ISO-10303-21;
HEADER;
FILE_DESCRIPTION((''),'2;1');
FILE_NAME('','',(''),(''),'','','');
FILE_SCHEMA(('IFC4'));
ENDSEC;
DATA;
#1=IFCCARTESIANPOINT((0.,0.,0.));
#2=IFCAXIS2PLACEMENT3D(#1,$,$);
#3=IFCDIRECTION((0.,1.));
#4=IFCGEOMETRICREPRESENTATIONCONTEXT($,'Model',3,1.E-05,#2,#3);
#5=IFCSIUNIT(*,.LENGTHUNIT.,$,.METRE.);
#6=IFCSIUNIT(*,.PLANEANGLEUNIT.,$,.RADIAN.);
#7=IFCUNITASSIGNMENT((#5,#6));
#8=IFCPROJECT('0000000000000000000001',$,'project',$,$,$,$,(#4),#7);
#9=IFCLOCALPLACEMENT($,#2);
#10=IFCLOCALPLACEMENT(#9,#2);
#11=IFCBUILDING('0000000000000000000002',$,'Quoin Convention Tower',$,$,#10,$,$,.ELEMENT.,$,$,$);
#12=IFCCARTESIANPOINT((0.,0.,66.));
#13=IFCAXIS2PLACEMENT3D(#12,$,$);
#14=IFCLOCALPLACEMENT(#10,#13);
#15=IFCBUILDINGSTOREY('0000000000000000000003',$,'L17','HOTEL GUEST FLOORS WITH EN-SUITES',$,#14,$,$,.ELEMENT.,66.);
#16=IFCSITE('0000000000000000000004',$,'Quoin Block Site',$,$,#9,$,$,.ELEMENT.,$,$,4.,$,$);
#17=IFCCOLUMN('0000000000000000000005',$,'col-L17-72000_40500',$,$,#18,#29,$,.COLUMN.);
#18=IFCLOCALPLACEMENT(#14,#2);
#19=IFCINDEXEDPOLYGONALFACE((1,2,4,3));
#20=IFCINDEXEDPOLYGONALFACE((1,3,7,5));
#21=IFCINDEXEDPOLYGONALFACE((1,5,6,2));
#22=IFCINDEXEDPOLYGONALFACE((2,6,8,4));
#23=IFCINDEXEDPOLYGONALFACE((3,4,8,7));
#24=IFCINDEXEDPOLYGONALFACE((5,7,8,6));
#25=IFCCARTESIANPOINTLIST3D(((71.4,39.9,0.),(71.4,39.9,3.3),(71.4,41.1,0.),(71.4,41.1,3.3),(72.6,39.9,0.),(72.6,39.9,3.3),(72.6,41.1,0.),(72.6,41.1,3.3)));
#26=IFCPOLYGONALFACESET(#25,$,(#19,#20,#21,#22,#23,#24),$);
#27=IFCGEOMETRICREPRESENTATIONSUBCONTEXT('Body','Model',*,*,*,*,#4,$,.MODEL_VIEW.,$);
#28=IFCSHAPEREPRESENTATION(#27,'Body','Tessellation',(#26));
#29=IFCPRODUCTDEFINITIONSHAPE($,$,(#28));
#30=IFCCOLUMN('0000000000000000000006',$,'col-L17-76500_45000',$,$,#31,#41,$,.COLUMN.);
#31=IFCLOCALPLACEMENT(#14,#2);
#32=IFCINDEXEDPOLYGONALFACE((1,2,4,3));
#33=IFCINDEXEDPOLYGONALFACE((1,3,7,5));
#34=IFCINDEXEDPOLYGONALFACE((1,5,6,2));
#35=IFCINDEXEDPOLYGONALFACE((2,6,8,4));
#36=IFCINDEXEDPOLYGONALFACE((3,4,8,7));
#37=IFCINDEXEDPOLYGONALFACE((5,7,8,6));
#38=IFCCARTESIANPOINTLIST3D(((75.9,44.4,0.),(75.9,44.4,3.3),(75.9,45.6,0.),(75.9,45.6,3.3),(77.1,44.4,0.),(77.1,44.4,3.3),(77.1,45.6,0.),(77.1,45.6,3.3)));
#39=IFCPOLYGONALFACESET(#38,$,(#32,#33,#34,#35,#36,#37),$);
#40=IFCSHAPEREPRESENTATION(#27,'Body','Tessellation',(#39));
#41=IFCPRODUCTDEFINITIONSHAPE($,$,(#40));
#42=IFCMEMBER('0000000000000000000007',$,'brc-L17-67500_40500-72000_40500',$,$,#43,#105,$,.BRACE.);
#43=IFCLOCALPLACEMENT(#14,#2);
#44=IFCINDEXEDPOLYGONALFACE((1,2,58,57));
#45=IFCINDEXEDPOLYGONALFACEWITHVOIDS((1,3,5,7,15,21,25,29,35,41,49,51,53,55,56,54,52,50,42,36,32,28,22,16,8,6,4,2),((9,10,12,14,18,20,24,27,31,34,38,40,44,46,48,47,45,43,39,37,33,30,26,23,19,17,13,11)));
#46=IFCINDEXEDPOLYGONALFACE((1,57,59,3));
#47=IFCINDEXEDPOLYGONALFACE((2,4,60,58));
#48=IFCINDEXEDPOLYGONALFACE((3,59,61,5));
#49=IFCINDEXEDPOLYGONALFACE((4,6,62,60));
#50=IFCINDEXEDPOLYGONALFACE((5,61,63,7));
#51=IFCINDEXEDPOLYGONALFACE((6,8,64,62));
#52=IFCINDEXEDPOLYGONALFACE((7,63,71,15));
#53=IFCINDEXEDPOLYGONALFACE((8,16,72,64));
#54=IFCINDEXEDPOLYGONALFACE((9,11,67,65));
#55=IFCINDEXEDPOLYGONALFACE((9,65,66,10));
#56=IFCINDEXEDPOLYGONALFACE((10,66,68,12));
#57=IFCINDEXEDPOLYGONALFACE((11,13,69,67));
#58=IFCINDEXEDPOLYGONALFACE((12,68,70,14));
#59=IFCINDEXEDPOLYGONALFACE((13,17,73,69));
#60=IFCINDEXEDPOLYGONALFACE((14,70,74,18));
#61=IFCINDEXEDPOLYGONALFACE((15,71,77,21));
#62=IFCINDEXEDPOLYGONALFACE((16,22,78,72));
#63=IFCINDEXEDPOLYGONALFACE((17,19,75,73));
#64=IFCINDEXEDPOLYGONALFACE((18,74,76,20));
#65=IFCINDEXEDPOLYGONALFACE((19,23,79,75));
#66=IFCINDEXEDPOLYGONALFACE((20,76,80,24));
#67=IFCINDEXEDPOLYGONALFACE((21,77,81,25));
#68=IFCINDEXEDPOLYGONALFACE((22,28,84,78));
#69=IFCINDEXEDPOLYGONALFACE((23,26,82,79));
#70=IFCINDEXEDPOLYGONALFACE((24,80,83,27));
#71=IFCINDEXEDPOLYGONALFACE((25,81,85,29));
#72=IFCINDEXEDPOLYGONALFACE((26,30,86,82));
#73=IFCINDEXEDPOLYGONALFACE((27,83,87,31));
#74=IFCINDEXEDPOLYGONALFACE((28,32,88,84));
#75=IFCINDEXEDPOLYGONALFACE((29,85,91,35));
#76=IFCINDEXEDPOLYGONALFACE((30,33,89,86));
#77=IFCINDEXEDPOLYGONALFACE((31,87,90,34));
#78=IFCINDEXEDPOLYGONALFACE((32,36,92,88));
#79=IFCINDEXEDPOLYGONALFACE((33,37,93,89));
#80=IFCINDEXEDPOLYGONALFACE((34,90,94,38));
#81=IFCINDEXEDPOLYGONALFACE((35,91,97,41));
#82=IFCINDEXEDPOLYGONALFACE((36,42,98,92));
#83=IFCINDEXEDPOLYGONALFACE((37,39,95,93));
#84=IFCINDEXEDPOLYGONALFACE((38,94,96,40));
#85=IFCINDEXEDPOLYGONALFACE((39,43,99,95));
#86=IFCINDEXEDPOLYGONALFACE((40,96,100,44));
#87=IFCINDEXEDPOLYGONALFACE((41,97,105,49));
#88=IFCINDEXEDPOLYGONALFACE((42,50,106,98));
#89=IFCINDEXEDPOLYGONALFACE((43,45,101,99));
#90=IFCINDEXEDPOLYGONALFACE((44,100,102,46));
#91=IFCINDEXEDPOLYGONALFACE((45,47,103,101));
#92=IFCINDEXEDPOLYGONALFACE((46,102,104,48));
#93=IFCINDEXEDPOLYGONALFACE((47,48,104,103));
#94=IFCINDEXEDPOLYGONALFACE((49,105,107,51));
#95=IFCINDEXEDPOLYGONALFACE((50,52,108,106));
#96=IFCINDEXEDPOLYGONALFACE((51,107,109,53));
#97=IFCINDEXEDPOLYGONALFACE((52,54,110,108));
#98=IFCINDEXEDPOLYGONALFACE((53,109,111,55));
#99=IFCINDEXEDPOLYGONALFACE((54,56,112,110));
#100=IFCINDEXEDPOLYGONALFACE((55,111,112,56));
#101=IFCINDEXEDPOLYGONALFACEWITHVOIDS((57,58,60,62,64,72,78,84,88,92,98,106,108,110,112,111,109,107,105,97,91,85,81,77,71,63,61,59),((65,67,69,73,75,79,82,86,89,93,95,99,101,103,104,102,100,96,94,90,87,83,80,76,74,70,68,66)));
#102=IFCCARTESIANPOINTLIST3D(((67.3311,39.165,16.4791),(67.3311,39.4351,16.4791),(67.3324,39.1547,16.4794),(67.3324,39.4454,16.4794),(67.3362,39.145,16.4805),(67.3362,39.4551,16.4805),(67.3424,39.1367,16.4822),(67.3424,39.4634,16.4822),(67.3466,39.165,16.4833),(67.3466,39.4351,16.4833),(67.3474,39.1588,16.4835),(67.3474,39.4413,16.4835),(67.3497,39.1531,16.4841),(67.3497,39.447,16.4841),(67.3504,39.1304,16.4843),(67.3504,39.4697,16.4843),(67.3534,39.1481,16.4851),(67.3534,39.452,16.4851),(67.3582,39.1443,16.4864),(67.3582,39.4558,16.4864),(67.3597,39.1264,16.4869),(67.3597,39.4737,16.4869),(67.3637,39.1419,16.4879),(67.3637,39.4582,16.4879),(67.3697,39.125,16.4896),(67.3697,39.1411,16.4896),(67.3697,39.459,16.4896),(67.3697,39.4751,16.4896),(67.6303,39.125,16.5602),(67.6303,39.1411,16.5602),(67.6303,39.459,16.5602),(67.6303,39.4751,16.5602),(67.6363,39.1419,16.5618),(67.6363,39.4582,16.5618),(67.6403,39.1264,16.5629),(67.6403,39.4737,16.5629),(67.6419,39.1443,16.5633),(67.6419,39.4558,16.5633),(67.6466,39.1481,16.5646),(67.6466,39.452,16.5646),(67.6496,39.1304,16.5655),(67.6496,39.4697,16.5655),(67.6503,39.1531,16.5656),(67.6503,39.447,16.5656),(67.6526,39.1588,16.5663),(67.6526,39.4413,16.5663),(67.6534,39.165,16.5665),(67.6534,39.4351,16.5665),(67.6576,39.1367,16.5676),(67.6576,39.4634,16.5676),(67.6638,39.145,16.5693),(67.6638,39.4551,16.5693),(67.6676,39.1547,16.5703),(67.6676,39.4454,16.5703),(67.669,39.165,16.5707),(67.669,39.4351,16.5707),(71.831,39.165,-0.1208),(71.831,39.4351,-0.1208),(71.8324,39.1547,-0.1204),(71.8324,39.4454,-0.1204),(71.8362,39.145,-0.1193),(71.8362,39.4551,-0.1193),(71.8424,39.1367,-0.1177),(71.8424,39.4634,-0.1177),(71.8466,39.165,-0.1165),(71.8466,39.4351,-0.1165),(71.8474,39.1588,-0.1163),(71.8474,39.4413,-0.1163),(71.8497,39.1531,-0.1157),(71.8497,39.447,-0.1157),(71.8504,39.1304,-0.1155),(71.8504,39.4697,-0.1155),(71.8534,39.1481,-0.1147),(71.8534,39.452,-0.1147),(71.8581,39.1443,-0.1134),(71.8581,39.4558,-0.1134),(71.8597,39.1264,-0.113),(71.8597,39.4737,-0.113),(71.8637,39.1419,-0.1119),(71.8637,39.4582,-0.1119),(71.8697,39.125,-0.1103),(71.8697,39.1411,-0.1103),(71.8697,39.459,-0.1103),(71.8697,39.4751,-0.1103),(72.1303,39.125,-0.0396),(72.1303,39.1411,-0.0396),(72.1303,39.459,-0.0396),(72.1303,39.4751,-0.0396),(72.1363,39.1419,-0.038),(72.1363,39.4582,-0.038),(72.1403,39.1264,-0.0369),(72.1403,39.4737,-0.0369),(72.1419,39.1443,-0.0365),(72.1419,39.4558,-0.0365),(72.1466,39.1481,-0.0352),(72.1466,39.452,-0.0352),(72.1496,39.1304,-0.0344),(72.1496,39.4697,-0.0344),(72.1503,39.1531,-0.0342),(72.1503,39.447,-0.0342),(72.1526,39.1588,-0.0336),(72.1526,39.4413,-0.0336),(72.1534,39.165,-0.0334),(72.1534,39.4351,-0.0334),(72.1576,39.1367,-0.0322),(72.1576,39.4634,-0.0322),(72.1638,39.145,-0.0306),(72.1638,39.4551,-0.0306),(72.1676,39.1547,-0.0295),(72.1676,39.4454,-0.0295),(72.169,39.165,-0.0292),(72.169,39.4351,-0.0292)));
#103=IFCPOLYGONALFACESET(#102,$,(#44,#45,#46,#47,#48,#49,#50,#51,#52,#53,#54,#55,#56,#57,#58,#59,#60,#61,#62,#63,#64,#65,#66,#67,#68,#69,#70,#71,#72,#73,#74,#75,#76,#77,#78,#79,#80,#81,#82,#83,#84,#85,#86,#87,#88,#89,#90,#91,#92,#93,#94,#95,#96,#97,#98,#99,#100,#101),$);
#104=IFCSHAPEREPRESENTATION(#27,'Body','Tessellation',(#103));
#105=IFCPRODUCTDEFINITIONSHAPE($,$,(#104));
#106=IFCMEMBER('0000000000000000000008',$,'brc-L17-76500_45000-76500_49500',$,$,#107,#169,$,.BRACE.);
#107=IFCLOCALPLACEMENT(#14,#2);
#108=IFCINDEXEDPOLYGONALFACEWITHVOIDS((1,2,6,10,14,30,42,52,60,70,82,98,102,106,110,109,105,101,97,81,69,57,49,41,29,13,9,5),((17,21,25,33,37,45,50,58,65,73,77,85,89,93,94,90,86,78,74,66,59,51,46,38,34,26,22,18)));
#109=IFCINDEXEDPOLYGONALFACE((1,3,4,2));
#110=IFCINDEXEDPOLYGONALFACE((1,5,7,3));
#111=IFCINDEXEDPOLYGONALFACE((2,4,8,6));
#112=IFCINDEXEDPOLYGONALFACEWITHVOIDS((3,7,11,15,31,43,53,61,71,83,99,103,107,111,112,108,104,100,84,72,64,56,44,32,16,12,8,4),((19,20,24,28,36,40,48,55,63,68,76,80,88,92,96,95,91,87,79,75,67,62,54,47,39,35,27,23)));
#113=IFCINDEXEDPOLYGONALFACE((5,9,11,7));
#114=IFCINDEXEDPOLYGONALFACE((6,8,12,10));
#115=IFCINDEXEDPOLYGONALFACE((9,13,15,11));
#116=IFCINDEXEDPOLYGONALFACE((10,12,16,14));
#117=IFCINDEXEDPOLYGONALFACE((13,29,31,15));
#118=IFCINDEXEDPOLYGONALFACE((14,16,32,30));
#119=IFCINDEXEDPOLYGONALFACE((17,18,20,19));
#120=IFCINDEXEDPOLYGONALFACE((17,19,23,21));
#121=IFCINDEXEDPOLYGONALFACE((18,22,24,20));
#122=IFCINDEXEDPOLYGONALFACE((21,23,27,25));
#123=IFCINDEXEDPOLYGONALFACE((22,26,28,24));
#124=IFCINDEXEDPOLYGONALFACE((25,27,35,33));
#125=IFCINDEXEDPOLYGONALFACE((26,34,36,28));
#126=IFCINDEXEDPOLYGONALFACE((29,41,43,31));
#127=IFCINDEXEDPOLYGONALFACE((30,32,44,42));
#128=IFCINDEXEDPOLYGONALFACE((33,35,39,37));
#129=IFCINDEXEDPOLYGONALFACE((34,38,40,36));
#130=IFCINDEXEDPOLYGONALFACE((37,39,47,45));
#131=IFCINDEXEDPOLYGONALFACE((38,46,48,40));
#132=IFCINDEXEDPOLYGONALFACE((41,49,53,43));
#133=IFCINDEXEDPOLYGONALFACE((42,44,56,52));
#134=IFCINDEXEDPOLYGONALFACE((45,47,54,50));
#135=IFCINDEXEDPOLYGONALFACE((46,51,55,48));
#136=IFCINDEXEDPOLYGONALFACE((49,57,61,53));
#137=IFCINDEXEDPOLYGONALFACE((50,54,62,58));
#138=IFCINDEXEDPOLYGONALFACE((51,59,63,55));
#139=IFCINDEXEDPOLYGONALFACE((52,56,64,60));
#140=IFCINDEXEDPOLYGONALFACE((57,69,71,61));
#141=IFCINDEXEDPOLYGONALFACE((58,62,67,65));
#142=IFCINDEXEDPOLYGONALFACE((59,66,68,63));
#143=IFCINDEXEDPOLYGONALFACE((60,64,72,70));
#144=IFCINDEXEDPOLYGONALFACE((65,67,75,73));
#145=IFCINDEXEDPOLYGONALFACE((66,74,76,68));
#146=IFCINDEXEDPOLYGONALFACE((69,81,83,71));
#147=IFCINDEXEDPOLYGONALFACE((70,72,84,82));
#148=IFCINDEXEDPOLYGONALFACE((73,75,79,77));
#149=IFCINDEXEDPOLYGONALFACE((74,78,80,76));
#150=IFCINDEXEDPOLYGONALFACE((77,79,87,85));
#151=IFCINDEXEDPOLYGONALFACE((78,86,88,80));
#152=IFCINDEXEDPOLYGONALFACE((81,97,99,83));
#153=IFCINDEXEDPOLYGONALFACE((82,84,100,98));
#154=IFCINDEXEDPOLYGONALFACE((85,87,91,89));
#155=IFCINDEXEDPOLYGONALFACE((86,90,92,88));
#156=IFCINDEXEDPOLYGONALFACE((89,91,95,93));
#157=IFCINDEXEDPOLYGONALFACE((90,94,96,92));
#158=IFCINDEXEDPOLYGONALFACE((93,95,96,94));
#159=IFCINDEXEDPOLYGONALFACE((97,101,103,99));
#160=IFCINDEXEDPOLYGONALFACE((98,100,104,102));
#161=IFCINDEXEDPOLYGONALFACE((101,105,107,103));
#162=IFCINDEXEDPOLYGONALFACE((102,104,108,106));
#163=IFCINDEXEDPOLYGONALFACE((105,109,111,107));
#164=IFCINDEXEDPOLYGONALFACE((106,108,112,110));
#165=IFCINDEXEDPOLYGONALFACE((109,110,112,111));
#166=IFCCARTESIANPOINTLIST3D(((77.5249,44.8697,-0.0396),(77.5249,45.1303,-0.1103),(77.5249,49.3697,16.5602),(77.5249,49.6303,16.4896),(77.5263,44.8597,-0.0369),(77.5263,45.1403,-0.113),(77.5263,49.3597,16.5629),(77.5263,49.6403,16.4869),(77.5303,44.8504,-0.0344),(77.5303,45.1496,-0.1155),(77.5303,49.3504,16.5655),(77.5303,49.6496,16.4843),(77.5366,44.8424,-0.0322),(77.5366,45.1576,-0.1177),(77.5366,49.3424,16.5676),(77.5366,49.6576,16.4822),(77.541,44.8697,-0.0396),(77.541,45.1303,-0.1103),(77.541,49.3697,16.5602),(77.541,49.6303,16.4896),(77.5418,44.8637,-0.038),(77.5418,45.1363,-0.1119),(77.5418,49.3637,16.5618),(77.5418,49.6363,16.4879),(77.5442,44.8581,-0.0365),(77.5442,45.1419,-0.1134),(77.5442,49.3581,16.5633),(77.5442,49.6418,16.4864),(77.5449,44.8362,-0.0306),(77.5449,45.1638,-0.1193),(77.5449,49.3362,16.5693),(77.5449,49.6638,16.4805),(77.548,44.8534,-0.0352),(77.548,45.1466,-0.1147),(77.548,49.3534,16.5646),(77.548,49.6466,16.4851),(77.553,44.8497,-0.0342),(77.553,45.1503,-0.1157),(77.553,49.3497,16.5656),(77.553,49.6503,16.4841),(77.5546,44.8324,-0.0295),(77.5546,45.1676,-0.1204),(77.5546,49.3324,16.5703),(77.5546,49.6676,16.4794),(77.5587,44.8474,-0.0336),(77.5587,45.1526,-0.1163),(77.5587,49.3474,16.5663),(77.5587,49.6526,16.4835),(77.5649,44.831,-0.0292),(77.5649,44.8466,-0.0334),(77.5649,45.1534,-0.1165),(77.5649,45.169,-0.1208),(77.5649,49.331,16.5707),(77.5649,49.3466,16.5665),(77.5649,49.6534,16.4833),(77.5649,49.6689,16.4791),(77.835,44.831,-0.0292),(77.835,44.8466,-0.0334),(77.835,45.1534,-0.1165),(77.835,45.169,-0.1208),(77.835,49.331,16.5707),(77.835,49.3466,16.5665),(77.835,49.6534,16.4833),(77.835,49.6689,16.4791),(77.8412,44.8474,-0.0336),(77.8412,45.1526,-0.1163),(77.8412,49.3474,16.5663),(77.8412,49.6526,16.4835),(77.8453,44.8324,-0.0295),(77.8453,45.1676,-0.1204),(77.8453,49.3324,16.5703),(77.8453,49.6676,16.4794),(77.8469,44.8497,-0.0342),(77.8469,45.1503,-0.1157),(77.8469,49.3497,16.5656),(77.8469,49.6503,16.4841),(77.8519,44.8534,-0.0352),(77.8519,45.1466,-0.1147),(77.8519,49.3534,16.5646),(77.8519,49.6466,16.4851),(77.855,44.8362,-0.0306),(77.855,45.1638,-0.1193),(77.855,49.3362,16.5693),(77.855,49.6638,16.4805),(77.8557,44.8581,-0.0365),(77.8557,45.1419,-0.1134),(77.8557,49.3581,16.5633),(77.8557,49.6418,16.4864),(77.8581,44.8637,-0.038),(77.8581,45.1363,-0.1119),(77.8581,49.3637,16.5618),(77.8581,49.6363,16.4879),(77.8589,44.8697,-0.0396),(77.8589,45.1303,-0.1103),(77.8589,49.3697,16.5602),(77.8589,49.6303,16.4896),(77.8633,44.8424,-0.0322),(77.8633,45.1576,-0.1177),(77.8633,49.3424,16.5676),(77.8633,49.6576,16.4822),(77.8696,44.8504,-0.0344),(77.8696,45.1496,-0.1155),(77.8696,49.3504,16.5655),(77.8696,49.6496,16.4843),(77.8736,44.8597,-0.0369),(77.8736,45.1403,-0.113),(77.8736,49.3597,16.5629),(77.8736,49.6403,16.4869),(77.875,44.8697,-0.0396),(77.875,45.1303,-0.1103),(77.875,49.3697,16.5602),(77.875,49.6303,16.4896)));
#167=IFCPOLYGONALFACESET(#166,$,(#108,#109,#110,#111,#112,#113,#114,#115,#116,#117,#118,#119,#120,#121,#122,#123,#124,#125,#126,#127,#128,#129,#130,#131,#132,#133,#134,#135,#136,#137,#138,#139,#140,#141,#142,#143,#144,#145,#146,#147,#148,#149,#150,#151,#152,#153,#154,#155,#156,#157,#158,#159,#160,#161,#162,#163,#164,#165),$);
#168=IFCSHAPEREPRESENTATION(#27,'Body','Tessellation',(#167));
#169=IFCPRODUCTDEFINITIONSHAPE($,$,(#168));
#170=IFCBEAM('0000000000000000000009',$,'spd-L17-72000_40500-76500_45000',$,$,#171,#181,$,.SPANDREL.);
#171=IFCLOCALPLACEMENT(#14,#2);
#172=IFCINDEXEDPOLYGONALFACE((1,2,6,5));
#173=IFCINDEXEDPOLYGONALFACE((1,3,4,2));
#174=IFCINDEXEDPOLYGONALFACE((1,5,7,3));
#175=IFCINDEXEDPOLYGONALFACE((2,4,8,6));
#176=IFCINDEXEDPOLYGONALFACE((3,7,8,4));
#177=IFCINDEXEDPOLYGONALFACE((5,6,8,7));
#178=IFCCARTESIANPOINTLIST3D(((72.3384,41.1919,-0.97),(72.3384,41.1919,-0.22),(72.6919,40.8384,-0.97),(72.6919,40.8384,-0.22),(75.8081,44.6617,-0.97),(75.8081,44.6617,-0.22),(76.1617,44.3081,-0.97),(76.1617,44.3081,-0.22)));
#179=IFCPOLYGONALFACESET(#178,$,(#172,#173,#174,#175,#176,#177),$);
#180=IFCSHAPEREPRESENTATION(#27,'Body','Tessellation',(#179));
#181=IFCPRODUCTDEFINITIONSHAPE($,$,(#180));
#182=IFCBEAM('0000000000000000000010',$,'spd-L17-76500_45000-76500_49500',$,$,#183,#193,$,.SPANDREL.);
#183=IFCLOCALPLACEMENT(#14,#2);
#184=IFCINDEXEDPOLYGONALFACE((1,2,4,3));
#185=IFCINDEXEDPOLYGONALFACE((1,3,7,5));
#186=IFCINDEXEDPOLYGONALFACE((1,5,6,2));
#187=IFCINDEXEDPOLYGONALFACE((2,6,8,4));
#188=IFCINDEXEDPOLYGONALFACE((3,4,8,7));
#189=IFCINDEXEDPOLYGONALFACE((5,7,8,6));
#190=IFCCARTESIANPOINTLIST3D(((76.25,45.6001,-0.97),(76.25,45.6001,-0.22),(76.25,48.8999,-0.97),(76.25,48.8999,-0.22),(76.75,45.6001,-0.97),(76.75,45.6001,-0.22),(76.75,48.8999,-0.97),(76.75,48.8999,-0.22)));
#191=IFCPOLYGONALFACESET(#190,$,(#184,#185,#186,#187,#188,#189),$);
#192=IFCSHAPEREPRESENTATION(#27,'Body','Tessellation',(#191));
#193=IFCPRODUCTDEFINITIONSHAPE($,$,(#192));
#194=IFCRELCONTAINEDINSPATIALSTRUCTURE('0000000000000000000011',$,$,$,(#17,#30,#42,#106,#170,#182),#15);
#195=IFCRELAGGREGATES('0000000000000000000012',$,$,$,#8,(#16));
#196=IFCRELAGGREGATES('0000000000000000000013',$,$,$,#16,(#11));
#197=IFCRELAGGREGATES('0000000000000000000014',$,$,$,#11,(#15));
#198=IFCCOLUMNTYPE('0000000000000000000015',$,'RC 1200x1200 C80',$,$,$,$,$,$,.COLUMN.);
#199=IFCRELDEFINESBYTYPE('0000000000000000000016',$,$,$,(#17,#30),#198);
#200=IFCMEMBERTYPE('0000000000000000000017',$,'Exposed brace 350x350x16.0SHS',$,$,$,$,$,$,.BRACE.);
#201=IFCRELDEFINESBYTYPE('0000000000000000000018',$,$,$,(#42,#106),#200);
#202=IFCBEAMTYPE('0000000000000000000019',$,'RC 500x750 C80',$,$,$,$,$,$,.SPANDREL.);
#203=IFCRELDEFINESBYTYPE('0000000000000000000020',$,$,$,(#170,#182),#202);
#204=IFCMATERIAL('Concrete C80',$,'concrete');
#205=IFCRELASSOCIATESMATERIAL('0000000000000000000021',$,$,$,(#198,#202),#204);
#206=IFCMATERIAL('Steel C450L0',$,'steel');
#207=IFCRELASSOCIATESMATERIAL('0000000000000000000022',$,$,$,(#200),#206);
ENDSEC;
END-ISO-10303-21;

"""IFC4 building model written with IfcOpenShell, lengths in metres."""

from ifc_helpers import new_model, si_unit, direction, frame, origin, origin_2d, place, context, subcontext, project, spatial, rectangle, hollow_rectangle, extrude, material, material_profile, profile_set, type_object, element, save


model = new_model("IFC4")

# Units and contexts
model_context = context("Model", 3, precision=1e-05, world=origin(), true_north=direction((0.0, 1.0)))
body_context = subcontext(model_context, "Body", "Model", "MODEL_VIEW")
ifc_project = project(units=[si_unit("LENGTHUNIT", "METRE"), si_unit("PLANEANGLEUNIT", "RADIAN")], contexts=[model_context])

# Site, building, storey
site_placement = place(None, origin())
site = spatial("IfcSite", under=ifc_project, at=site_placement, Name="Quoin Block Site", CompositionType="ELEMENT", RefElevation=4.0)
building_placement = place(site_placement, origin())
building = spatial("IfcBuilding", under=site, at=building_placement, Name="Quoin Convention Tower", CompositionType="ELEMENT")
storey_placement = place(building_placement, frame((0.0, 0.0, 66.0)))
storey = spatial("IfcBuildingStorey", under=building, at=storey_placement, Name="L17", Description="HOTEL GUEST FLOORS WITH EN-SUITES", CompositionType="ELEMENT", Elevation=66.0)

# Columns
ifc_material_1 = material(Name="Concrete C80", Category="concrete")
ifc_material_profile_1 = material_profile(ifc_material_1, rectangle(XDim=1.2, YDim=1.2, at=origin_2d()), Name="RC 1200x1200")
ifc_profile_set_1 = profile_set([ifc_material_profile_1], Name="Concrete C80")
column_type = type_object("IfcColumnType", Name="RC 1200x1200 C80", PredefinedType="COLUMN", material=ifc_profile_set_1)
for number, where, z_axis, x_axis, name in (
    (1, (72.0, 40.5, 0.0), (0.0, 0.0, 1.0), (1.0, 0.0, 0.0), "col-L17-72000_40500"),
    (2, (76.5, 45.0, 0.0), (0.0, 0.0, 1.0), (1.0, 0.0, 0.0), "col-L17-76500_45000"),
):
    element("IfcColumn", number, at=place(storey_placement, frame(where, z_axis=z_axis, x_axis=x_axis)), inside=storey, type_object=column_type, Name=name, PredefinedType="COLUMN", context=body_context, shape_type="SweptSolid", body=[
        extrude(rectangle(XDim=1.2, YDim=1.2, at=origin_2d()), origin(), (0.0, 0.0, 1.0), 3.3),
    ])

# Members
ifc_material_2 = material(Name="Steel C450L0", Category="steel")
ifc_material_profile_2 = material_profile(ifc_material_2, hollow_rectangle(XDim=0.3501, YDim=0.3501, WallThickness=0.0161, InnerFilletRadius=0.0239, OuterFilletRadius=0.04, at=origin_2d()), Name="350x350x16.0SHS")
ifc_profile_set_2 = profile_set([ifc_material_profile_2], Name="Steel C450L0")
member_type = type_object("IfcMemberType", Name="Exposed brace 350x350x16.0SHS", PredefinedType="BRACE", material=ifc_profile_set_2)
for number, where, z_axis, x_axis, name in (
    (3, (72.0, 39.3, -0.075), (-0.261643, 0.0, 0.965165), (0.0, -1.0, 0.0), "brc-L17-67500_40500-72000_40500"),
    (4, (77.7, 45.0, -0.075), (0.0, 0.261643, 0.965165), (-1.0, 0.0, 0.0), "brc-L17-76500_45000-76500_49500"),
):
    element("IfcMember", number, at=place(storey_placement, frame(where, z_axis=z_axis, x_axis=x_axis)), inside=storey, type_object=member_type, Name=name, PredefinedType="BRACE", context=body_context, shape_type="SweptSolid", body=[
        extrude(hollow_rectangle(XDim=0.3501, YDim=0.3501, WallThickness=0.0161, InnerFilletRadius=0.0239, OuterFilletRadius=0.04, at=origin_2d()), origin(), (0.0, 0.0, 1.0), 17.199),
    ])

# Beams
ifc_material_profile_3 = material_profile(ifc_material_1, rectangle(XDim=0.5, YDim=0.75, at=origin_2d()), Name="RC 500x750")
ifc_profile_set_3 = profile_set([ifc_material_profile_3], Name="Concrete C80")
beam_type = type_object("IfcBeamType", Name="RC 500x750 C80", PredefinedType="SPANDREL", material=ifc_profile_set_3)
beam_1_placement = place(storey_placement, frame((72.5151, 41.0151, -0.595), z_axis=(0.707107, 0.707107, 0.0), x_axis=(-0.707107, 0.707107, 0.0)))
element("IfcBeam", 5, at=beam_1_placement, inside=storey, type_object=beam_type, Name="spd-L17-72000_40500-76500_45000", PredefinedType="SPANDREL", context=body_context, shape_type="SweptSolid", body=[
    extrude(rectangle(XDim=0.5, YDim=0.75, at=origin_2d()), origin(), (0.0, 0.0, 1.0), 4.907),
])
beam_2_placement = place(storey_placement, frame((76.5, 45.6001, -0.595), z_axis=(0.0, 1.0, 0.0), x_axis=(-1.0, 0.0, 0.0)))
element("IfcBeam", 6, at=beam_2_placement, inside=storey, type_object=beam_type, Name="spd-L17-76500_45000-76500_49500", PredefinedType="SPANDREL", context=body_context, shape_type="SweptSolid", body=[
    extrude(rectangle(XDim=0.5, YDim=0.75, at=origin_2d()), origin(), (0.0, 0.0, 1.0), 3.2998),
])

save(model, "model.ifc")
